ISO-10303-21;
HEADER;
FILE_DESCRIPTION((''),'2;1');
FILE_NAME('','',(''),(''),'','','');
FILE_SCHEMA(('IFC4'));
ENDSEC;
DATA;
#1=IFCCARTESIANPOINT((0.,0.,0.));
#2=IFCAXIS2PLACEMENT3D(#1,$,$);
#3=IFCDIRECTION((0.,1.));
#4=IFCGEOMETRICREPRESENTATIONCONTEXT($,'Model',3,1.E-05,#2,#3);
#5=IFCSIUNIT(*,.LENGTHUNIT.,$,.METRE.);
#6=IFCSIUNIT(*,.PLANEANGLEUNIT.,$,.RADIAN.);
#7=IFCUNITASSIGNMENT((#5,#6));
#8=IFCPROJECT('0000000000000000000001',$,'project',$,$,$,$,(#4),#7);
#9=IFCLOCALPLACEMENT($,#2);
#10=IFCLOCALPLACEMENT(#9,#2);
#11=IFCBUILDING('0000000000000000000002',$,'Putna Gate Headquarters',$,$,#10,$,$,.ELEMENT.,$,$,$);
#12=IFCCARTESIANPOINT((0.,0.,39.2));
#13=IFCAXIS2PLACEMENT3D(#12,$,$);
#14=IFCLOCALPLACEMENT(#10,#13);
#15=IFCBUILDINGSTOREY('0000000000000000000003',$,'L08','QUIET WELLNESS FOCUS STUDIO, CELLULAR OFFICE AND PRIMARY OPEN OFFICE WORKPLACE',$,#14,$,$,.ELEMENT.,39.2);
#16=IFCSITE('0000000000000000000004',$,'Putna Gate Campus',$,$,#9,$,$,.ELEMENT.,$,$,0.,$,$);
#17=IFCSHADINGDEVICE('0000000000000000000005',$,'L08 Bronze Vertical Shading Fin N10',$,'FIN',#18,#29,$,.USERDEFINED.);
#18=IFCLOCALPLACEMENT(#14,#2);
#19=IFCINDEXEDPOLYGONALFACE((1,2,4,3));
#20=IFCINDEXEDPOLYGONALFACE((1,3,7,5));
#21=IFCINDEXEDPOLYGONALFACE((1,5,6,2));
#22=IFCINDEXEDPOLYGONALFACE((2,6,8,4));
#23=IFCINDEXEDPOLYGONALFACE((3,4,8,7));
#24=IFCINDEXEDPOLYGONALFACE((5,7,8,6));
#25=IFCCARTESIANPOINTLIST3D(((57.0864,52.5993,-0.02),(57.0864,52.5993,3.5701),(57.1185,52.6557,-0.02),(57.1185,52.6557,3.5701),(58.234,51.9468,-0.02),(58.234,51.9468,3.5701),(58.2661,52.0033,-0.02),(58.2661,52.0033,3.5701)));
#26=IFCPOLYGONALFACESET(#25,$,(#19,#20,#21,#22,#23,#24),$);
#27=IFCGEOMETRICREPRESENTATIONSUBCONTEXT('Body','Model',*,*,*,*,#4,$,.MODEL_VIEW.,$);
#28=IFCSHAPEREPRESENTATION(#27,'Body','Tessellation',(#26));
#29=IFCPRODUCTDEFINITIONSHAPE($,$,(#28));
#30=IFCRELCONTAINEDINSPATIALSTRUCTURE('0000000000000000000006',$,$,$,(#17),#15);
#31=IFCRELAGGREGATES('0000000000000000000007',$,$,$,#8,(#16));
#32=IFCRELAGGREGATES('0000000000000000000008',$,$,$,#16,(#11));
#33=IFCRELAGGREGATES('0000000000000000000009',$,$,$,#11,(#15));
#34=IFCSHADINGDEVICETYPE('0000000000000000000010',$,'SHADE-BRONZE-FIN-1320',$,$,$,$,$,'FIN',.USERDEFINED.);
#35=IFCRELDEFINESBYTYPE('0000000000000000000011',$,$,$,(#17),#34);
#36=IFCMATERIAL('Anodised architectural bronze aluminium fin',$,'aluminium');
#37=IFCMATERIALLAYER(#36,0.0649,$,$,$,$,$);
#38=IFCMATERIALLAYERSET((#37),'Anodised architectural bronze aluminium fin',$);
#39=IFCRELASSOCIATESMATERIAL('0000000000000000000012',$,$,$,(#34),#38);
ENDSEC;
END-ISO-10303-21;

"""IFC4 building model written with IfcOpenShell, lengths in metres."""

from ifc_helpers import new_model, si_unit, direction, frame, origin, origin_2d, place, context, subcontext, project, spatial, rectangle, extrude, material, layer, layer_set, type_object, element, save


model = new_model("IFC4")

# Units and contexts
model_context = context("Model", 3, precision=1e-05, world=origin(), true_north=direction((0.0, 1.0)))
body_context = subcontext(model_context, "Body", "Model", "MODEL_VIEW")
ifc_project = project(units=[si_unit("LENGTHUNIT", "METRE"), si_unit("PLANEANGLEUNIT", "RADIAN")], contexts=[model_context])

# Site, building, storey
site_placement = place(None, origin())
site = spatial("IfcSite", under=ifc_project, at=site_placement, Name="Putna Gate Campus", CompositionType="ELEMENT", RefElevation=0.0)
building_placement = place(site_placement, origin())
building = spatial("IfcBuilding", under=site, at=building_placement, Name="Putna Gate Headquarters", CompositionType="ELEMENT")
storey_placement = place(building_placement, frame((0.0, 0.0, 39.2)))
storey = spatial("IfcBuildingStorey", under=building, at=storey_placement, Name="L08", Description="QUIET WELLNESS FOCUS STUDIO, CELLULAR OFFICE AND PRIMARY OPEN OFFICE WORKPLACE", CompositionType="ELEMENT", Elevation=39.2)

# Shading device
ifc_material_1 = material(Name="Anodised architectural bronze aluminium fin", Category="aluminium")
ifc_layer_1 = layer(ifc_material_1, 0.0649)
ifc_layer_set_1 = layer_set([ifc_layer_1], Name="Anodised architectural bronze aluminium fin")
shading_device_type = type_object("IfcShadingDeviceType", Name="SHADE-BRONZE-FIN-1320", ElementType="FIN", PredefinedType="USERDEFINED", material=ifc_layer_set_1)
for number, where, z_axis, x_axis, name in (
    (1, (57.6763, 52.3013, -0.02), (0.0, 0.0, 1.0), (-0.869322, 0.494245, 0.0), "L08 Bronze Vertical Shading Fin N10"),
):
    element("IfcShadingDevice", number, at=place(storey_placement, frame(where, z_axis=z_axis, x_axis=x_axis)), inside=storey, type_object=shading_device_type, Name=name, ObjectType="FIN", PredefinedType="USERDEFINED", context=body_context, shape_type="SweptSolid", body=[
        extrude(rectangle(XDim=1.3201, YDim=0.0649, at=origin_2d()), origin(), (0.0, 0.0, 1.0), 3.5901),
    ])

save(model, "model.ifc")
